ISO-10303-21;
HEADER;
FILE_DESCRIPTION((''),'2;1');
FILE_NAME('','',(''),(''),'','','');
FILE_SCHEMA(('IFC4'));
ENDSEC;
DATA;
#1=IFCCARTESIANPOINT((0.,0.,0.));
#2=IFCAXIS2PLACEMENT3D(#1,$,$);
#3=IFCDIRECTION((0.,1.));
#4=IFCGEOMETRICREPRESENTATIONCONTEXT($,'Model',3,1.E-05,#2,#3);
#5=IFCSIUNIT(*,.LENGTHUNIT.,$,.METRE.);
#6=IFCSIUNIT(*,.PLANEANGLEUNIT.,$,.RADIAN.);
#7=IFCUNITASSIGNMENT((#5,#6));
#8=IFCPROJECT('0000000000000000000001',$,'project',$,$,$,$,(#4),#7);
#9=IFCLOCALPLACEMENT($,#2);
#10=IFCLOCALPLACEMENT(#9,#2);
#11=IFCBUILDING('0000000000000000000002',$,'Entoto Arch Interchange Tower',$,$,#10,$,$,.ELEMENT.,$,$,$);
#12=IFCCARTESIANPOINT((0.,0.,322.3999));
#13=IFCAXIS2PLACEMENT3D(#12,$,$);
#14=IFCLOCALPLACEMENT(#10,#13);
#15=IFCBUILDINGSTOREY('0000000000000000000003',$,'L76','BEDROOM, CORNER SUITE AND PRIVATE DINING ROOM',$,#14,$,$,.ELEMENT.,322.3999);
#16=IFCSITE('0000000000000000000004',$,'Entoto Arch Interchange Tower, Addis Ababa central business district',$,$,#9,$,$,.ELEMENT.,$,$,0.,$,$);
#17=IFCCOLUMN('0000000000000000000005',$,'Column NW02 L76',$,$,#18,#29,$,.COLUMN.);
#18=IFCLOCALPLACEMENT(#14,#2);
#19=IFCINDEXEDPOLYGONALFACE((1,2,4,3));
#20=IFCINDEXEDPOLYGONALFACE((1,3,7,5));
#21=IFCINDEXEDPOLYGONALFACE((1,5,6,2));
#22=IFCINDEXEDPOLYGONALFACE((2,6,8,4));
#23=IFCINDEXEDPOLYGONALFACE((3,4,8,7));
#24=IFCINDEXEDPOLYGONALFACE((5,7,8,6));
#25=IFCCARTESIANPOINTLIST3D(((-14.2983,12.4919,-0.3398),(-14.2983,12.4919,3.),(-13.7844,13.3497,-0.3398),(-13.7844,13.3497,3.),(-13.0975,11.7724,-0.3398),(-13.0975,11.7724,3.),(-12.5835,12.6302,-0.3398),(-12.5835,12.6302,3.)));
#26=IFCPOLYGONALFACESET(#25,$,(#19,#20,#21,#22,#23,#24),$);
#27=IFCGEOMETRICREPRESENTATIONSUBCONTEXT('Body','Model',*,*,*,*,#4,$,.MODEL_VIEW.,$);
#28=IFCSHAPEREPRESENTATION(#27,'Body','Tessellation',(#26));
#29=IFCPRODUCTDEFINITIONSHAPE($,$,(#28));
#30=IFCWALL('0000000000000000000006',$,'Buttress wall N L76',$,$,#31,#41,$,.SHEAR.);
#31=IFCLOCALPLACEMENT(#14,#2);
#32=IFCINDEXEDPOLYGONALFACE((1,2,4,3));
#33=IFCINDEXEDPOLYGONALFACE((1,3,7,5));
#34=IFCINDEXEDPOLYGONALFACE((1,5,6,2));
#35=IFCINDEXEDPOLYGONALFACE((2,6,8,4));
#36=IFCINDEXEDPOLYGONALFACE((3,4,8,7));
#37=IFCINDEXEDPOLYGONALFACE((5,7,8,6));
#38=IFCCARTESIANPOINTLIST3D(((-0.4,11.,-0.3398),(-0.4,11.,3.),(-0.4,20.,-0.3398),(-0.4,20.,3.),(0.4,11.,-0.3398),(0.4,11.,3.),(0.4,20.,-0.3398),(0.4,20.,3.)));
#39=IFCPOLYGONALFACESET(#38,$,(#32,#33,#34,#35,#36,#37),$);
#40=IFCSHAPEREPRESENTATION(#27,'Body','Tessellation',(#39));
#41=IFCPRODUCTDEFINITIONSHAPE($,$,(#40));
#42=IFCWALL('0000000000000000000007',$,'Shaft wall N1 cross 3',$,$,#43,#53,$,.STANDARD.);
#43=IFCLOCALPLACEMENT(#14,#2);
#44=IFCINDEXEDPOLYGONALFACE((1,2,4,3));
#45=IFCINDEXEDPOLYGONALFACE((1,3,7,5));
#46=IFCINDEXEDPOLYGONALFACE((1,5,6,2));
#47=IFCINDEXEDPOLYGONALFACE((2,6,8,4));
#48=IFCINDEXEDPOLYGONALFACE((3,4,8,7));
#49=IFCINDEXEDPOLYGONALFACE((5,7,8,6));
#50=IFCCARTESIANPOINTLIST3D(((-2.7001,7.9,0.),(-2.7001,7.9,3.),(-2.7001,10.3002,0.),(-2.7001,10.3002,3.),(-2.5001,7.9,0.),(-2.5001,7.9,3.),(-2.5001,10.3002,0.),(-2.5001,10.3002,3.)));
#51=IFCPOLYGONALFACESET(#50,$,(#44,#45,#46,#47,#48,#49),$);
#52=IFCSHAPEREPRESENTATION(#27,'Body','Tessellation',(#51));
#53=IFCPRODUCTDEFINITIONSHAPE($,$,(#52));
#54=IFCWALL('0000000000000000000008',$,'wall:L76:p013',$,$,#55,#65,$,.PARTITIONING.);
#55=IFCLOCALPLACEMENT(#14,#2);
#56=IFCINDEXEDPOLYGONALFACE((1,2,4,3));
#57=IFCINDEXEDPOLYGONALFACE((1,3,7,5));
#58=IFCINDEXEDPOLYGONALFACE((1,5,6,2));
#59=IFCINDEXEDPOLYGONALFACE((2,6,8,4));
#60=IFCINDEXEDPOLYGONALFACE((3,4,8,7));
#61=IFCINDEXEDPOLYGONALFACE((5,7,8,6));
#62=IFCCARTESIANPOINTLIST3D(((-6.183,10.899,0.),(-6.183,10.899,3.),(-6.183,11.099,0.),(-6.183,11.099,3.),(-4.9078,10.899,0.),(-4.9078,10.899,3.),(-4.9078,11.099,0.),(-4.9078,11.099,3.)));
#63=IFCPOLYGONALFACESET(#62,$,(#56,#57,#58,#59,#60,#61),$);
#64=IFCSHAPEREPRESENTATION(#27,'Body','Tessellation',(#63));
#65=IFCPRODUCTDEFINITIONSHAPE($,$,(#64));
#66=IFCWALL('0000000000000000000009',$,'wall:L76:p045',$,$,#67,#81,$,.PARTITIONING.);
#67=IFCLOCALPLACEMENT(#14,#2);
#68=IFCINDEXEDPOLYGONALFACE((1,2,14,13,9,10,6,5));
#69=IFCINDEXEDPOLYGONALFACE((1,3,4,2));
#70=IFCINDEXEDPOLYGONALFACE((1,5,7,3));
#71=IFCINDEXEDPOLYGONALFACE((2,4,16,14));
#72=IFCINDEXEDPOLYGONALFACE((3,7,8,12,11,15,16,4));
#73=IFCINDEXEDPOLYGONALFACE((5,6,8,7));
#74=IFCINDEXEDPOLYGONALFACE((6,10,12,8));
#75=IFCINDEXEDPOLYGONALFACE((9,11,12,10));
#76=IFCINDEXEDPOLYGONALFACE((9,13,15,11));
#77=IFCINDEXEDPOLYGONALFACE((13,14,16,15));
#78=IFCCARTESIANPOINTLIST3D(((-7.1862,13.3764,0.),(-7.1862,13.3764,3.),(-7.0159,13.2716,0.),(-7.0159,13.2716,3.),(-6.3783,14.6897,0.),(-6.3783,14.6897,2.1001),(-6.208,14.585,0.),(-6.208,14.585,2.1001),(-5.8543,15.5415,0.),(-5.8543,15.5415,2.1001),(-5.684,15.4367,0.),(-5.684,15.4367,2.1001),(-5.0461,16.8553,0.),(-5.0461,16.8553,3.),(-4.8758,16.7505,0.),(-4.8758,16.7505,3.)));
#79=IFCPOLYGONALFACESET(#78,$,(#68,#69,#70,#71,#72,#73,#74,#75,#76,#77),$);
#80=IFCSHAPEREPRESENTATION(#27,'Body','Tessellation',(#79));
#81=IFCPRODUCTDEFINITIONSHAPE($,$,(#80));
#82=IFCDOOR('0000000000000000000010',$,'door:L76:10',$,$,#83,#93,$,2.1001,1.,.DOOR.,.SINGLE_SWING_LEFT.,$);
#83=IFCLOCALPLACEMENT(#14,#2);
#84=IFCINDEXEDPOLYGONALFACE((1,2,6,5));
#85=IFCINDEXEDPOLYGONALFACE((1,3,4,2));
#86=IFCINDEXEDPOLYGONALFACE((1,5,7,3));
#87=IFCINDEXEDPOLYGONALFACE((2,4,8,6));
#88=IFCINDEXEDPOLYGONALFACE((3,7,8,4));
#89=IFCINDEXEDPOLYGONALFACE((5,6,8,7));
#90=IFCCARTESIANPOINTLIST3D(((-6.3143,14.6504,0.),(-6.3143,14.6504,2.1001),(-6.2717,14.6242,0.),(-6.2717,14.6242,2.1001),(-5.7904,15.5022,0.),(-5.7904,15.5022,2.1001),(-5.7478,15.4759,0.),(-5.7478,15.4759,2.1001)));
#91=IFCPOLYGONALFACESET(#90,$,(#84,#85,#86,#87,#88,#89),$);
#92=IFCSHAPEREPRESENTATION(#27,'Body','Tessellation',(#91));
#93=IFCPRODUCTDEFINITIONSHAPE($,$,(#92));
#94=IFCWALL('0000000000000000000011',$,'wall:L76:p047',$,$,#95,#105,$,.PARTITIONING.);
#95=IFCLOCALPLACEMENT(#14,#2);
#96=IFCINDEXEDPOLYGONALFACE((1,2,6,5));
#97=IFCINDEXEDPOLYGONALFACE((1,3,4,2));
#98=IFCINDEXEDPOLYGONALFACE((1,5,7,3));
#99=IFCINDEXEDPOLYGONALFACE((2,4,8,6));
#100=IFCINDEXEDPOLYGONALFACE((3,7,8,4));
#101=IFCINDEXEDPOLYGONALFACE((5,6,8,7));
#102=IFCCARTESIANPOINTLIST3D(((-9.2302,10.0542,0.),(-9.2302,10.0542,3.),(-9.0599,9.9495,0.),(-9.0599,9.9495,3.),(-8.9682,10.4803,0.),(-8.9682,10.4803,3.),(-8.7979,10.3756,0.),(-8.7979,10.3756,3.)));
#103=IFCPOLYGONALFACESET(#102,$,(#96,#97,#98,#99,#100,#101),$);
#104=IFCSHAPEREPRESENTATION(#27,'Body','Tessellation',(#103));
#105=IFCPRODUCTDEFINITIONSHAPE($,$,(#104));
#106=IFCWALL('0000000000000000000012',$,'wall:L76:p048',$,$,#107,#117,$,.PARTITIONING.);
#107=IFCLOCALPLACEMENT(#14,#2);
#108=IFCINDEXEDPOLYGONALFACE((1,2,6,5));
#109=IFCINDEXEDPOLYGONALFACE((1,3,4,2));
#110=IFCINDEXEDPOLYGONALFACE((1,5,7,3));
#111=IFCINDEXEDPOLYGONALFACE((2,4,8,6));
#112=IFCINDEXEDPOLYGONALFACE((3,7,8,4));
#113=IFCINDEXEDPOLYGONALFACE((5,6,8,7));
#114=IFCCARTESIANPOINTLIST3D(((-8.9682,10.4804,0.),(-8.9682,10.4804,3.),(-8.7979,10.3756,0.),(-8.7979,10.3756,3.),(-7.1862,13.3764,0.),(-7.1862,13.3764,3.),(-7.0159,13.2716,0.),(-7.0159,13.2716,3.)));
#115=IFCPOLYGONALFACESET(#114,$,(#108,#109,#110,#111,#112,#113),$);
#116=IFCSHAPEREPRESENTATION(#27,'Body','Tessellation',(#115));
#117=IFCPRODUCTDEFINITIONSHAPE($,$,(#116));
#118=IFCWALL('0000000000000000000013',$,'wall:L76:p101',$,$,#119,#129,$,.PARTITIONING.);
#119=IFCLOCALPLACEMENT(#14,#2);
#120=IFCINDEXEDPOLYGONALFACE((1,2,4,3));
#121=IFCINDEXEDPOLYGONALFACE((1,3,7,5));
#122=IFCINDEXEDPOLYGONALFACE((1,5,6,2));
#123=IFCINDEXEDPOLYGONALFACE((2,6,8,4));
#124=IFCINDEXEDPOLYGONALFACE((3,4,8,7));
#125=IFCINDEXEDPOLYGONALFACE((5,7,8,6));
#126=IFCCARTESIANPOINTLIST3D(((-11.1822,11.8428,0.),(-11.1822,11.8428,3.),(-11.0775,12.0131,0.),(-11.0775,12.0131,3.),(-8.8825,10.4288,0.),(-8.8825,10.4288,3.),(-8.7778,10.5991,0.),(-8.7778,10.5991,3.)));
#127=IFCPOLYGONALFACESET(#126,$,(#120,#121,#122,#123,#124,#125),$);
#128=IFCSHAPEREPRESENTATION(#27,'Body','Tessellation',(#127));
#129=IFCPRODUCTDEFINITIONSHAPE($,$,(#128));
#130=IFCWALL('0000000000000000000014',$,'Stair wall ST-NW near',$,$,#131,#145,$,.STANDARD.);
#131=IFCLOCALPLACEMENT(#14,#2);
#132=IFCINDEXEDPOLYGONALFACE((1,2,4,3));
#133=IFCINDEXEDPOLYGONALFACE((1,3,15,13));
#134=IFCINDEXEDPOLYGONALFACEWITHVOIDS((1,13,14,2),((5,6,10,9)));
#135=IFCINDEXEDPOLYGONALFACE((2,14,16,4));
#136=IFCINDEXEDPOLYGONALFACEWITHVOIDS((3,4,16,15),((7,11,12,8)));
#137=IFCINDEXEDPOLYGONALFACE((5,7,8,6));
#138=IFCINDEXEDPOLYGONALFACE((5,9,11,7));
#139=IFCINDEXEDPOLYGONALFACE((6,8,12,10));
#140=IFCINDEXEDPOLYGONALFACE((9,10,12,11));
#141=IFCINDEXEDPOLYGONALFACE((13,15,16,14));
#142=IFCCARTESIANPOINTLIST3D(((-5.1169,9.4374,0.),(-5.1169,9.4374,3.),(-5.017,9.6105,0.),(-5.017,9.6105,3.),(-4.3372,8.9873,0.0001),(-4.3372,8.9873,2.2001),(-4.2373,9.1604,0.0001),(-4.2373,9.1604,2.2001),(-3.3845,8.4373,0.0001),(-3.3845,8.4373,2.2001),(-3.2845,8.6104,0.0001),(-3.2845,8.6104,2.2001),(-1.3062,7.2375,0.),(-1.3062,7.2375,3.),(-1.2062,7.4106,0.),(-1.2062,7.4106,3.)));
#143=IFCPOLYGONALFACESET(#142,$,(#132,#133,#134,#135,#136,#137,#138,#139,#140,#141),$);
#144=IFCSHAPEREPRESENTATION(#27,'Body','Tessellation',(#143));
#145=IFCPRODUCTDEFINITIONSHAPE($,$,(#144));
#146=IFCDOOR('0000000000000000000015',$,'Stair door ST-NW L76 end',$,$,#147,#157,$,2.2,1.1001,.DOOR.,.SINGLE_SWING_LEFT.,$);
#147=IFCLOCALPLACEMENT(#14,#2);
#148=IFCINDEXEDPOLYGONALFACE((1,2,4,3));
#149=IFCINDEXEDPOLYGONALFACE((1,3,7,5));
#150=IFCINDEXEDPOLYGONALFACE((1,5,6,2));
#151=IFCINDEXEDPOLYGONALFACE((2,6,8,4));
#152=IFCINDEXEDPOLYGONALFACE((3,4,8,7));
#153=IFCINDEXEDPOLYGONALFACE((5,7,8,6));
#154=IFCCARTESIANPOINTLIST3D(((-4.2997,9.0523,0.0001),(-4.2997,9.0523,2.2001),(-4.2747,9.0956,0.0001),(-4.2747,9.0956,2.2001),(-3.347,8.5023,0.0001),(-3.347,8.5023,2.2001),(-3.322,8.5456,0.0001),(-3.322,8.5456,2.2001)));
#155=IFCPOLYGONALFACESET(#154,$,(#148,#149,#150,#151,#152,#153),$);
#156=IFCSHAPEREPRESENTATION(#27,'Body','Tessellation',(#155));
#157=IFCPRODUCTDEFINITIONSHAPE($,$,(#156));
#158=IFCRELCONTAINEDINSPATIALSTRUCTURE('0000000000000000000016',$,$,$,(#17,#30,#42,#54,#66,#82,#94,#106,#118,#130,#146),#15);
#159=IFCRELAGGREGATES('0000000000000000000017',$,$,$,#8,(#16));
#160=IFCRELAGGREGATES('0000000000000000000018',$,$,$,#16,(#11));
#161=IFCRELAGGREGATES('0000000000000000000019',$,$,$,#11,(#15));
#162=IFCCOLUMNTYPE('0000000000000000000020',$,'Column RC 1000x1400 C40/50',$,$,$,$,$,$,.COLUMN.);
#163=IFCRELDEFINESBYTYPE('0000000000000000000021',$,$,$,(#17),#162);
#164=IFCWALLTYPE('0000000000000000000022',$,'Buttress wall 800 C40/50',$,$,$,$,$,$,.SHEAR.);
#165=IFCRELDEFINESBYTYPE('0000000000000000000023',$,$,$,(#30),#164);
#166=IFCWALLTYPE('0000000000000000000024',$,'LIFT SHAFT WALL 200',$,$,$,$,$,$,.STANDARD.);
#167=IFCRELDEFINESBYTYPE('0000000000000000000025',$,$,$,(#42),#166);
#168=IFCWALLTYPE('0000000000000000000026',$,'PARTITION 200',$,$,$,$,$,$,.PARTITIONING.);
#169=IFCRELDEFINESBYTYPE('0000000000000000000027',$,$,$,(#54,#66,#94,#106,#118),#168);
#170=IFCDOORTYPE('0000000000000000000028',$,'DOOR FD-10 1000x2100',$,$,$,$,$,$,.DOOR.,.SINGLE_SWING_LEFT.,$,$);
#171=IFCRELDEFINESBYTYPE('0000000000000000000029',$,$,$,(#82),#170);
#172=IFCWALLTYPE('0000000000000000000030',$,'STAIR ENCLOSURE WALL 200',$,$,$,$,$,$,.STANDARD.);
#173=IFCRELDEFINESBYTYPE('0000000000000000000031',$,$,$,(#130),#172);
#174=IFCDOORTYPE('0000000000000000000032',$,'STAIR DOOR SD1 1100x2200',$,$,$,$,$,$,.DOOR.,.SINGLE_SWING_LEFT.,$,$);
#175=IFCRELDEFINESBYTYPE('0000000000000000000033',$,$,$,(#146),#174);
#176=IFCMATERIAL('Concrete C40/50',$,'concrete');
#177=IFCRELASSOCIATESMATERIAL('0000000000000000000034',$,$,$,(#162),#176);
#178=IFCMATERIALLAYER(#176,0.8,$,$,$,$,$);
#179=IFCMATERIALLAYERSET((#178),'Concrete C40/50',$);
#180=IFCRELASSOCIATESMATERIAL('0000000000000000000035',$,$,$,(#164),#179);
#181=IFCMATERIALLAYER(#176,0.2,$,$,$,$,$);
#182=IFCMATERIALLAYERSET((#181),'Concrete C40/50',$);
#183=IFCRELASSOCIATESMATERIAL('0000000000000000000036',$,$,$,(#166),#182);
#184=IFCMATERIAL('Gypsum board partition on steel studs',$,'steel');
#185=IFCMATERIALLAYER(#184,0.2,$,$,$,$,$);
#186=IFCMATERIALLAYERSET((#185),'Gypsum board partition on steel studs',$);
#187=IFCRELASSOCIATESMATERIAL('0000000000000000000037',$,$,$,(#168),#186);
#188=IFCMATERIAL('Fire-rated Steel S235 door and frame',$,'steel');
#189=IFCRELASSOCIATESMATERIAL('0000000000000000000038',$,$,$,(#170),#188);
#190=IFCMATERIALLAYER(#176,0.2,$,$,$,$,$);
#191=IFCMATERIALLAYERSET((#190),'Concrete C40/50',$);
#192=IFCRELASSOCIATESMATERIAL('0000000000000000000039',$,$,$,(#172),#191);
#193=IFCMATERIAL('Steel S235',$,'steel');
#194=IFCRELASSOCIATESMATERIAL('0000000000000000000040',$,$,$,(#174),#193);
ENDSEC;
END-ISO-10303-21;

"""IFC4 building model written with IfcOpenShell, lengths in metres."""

from ifc_helpers import new_model, si_unit, direction, frame, frame_2d, origin, origin_2d, place, context, subcontext, project, spatial, rectangle, extrude, material, layer, layer_set, material_profile, profile_set, type_object, element, fill, save


model = new_model("IFC4")

# Units and contexts
model_context = context("Model", 3, precision=1e-05, world=origin(), true_north=direction((0.0, 1.0)))
body_context = subcontext(model_context, "Body", "Model", "MODEL_VIEW")
ifc_project = project(units=[si_unit("LENGTHUNIT", "METRE"), si_unit("PLANEANGLEUNIT", "RADIAN")], contexts=[model_context])

# Site, building, storey
site_placement = place(None, origin())
site = spatial("IfcSite", under=ifc_project, at=site_placement, Name="Entoto Arch Interchange Tower, Addis Ababa central business district", CompositionType="ELEMENT", RefElevation=0.0)
building_placement = place(site_placement, origin())
building = spatial("IfcBuilding", under=site, at=building_placement, Name="Entoto Arch Interchange Tower", CompositionType="ELEMENT")
storey_placement = place(building_placement, frame((0.0, 0.0, 322.3999)))
storey = spatial("IfcBuildingStorey", under=building, at=storey_placement, Name="L76", Description="BEDROOM, CORNER SUITE AND PRIVATE DINING ROOM", CompositionType="ELEMENT", Elevation=322.3999)

# Column
ifc_material_1 = material(Name="Concrete C40/50", Category="concrete")
ifc_material_profile = material_profile(ifc_material_1, rectangle(XDim=1.0, YDim=1.3999, at=origin_2d()))
ifc_profile_set = profile_set([ifc_material_profile], Name="Concrete C40/50")
column_type = type_object("IfcColumnType", Name="Column RC 1000x1400 C40/50", PredefinedType="COLUMN", material=ifc_profile_set)
column_placement = place(storey_placement, frame((-13.4409, 12.561, -0.3398), z_axis=(0.0, 0.0, 1.0), x_axis=(0.513946, 0.857823, 0.0)))
element("IfcColumn", 1, at=column_placement, inside=storey, type_object=column_type, Name="Column NW02 L76", PredefinedType="COLUMN", context=body_context, shape_type="SweptSolid", body=[
    extrude(rectangle(XDim=1.0, YDim=1.3999, at=origin_2d()), origin(), (0.0, 0.0, 1.0), 3.3398),
])

# Walls
ifc_layer_1 = layer(ifc_material_1, 0.8)
ifc_layer_set_1 = layer_set([ifc_layer_1], Name="Concrete C40/50")
wall_type_1 = type_object("IfcWallType", Name="Buttress wall 800 C40/50", PredefinedType="SHEAR", material=ifc_layer_set_1)
wall_1_placement = place(storey_placement, frame((0.0, 11.0, -0.3398), z_axis=(0.0, 0.0, 1.0), x_axis=(0.0, 1.0, 0.0)))
element("IfcWall", 2, at=wall_1_placement, inside=storey, type_object=wall_type_1, Name="Buttress wall N L76", PredefinedType="SHEAR", context=body_context, shape_type="SweptSolid", body=[
    extrude(rectangle(XDim=9.0, YDim=0.8, at=frame_2d((4.5, 0.0))), origin(), (0.0, 0.0, 1.0), 3.3398),
])
ifc_layer_2 = layer(ifc_material_1, 0.2)
ifc_layer_set_2 = layer_set([ifc_layer_2], Name="Concrete C40/50")
wall_type_2 = type_object("IfcWallType", Name="LIFT SHAFT WALL 200", PredefinedType="STANDARD", material=ifc_layer_set_2)
wall_2_placement = place(storey_placement, frame((-2.6001, 7.8999, 0.0), z_axis=(0.0, 0.0, 1.0), x_axis=(0.0, 1.0, 0.0)))
element("IfcWall", 3, at=wall_2_placement, inside=storey, type_object=wall_type_2, Name="Shaft wall N1 cross 3", PredefinedType="STANDARD", context=body_context, shape_type="SweptSolid", body=[
    extrude(rectangle(XDim=2.4001, YDim=0.2, at=frame_2d((1.2002, 0.0))), origin(), (0.0, 0.0, 1.0), 3.0),
])
ifc_material_2 = material(Name="Gypsum board partition on steel studs", Category="steel")
ifc_layer_3 = layer(ifc_material_2, 0.2)
ifc_layer_set_3 = layer_set([ifc_layer_3], Name="Gypsum board partition on steel studs")
wall_type_3 = type_object("IfcWallType", Name="PARTITION 200", PredefinedType="PARTITIONING", material=ifc_layer_set_3)
wall_3_placement = place(storey_placement, frame((-6.1831, 10.999, 0.0), z_axis=(0.0, 0.0, 1.0), x_axis=(1.0, 0.0, 0.0)))
element("IfcWall", 4, at=wall_3_placement, inside=storey, type_object=wall_type_3, Name="wall:L76:p013", PredefinedType="PARTITIONING", context=body_context, shape_type="SweptSolid", body=[
    extrude(rectangle(XDim=1.2751, YDim=0.2, at=frame_2d((0.6377, 0.0))), origin(), (0.0, 0.0, 1.0), 3.0),
])

# Wall, opening, door
wall_4_placement = place(storey_placement, frame((-7.1011, 13.324, 0.0), z_axis=(0.0, 0.0, 1.0), x_axis=(0.523957, 0.851744, 0.0)))
wall_4 = element("IfcWall", 5, at=wall_4_placement, inside=storey, type_object=wall_type_3, Name="wall:L76:p045", PredefinedType="PARTITIONING", context=body_context, shape_type="SweptSolid", body=[
    extrude(rectangle(XDim=4.0845, YDim=0.2, at=frame_2d((2.0422, 0.0))), origin(), (0.0, 0.0, 1.0), 3.0),
])
opening_1_placement = place(wall_4_placement, frame((1.542, 0.0, 0.0)))
opening_1 = element("IfcOpeningElement", 6, at=opening_1_placement, cuts=wall_4, PredefinedType="OPENING", context=body_context, shape_type="SweptSolid", body=[
    extrude(rectangle(XDim=1.0, YDim=2.1001, at=frame_2d((0.5, 1.05))), frame((0.0, 0.1099, 0.0), z_axis=(0.0, -1.0, 0.0), x_axis=(1.0, 0.0, 0.0)), (0.0, 0.0, 1.0), 0.22),
])
ifc_material_3 = material(Name="Fire-rated Steel S235 door and frame", Category="steel")
door_type_1 = type_object("IfcDoorType", Name="DOOR FD-10 1000x2100", OperationType="SINGLE_SWING_LEFT", PredefinedType="DOOR", material=ifc_material_3)
door_1_placement = place(opening_1_placement, origin())
door_1 = element("IfcDoor", 7, at=door_1_placement, inside=storey, type_object=door_type_1, Name="door:L76:10", OperationType="SINGLE_SWING_LEFT", OverallHeight=2.1001, OverallWidth=1.0, PredefinedType="DOOR", context=body_context, shape_type="SweptSolid", body=[
    extrude(rectangle(XDim=1.0, YDim=2.1001, at=frame_2d((0.5, 1.05))), frame((0.0, 0.0249, 0.0), z_axis=(0.0, -1.0, 0.0), x_axis=(1.0, 0.0, 0.0)), (0.0, 0.0, 1.0), 0.05),
])
fill(opening_1, door_1)

# Walls
wall_5_placement = place(storey_placement, frame((-9.145, 10.002, 0.0), z_axis=(0.0, 0.0, 1.0), x_axis=(0.523798, 0.851843, 0.0)))
element("IfcWall", 8, at=wall_5_placement, inside=storey, type_object=wall_type_3, Name="wall:L76:p047", PredefinedType="PARTITIONING", context=body_context, shape_type="SweptSolid", body=[
    extrude(rectangle(XDim=0.5002, YDim=0.2, at=frame_2d((0.25, 0.0))), origin(), (0.0, 0.0, 1.0), 3.0),
])
wall_6_placement = place(storey_placement, frame((-8.8831, 10.428, 0.0), z_axis=(0.0, 0.0, 1.0), x_axis=(0.524061, 0.851681, 0.0)))
element("IfcWall", 9, at=wall_6_placement, inside=storey, type_object=wall_type_3, Name="wall:L76:p048", PredefinedType="PARTITIONING", context=body_context, shape_type="SweptSolid", body=[
    extrude(rectangle(XDim=3.4004, YDim=0.2, at=frame_2d((1.7002, 0.0))), origin(), (0.0, 0.0, 1.0), 3.0),
])
wall_7_placement = place(storey_placement, frame((-11.1299, 11.928, 0.0), z_axis=(0.0, 0.0, 1.0), x_axis=(0.851857, -0.523774, 0.0)))
element("IfcWall", 10, at=wall_7_placement, inside=storey, type_object=wall_type_3, Name="wall:L76:p101", PredefinedType="PARTITIONING", context=body_context, shape_type="SweptSolid", body=[
    extrude(rectangle(XDim=2.6997, YDim=0.2, at=frame_2d((1.3499, 0.0))), origin(), (0.0, 0.0, 1.0), 3.0),
])

# Wall, opening, door
ifc_layer_4 = layer(ifc_material_1, 0.2)
ifc_layer_set_4 = layer_set([ifc_layer_4], Name="Concrete C40/50")
wall_type_4 = type_object("IfcWallType", Name="STAIR ENCLOSURE WALL 200", PredefinedType="STANDARD", material=ifc_layer_set_4)
wall_8_placement = place(storey_placement, frame((-1.2561, 7.324, 0.0), z_axis=(0.0, 0.0, 1.0), x_axis=(-0.866046, 0.499964, 0.0)))
wall_8 = element("IfcWall", 11, at=wall_8_placement, inside=storey, type_object=wall_type_4, Name="Stair wall ST-NW near", PredefinedType="STANDARD", context=body_context, shape_type="SweptSolid", body=[
    extrude(rectangle(XDim=4.4001, YDim=0.2, at=frame_2d((2.2002, 0.0))), origin(), (0.0, 0.0, 1.0), 3.0),
])
opening_2_placement = place(wall_8_placement, frame((2.3999, 0.0, 0.0)))
opening_2 = element("IfcOpeningElement", 12, at=opening_2_placement, cuts=wall_8, PredefinedType="OPENING", context=body_context, shape_type="SweptSolid", body=[
    extrude(rectangle(XDim=1.1001, YDim=2.2, at=frame_2d((0.55, 1.1001))), frame((0.0, 0.1099, 0.0), z_axis=(0.0, -1.0, 0.0), x_axis=(1.0, 0.0, 0.0)), (0.0, 0.0, 1.0), 0.22),
])
ifc_material_4 = material(Name="Steel S235", Category="steel")
door_type_2 = type_object("IfcDoorType", Name="STAIR DOOR SD1 1100x2200", OperationType="SINGLE_SWING_LEFT", PredefinedType="DOOR", material=ifc_material_4)
door_2_placement = place(opening_2_placement, origin())
door_2 = element("IfcDoor", 13, at=door_2_placement, inside=storey, type_object=door_type_2, Name="Stair door ST-NW L76 end", OperationType="SINGLE_SWING_LEFT", OverallHeight=2.2, OverallWidth=1.1001, PredefinedType="DOOR", context=body_context, shape_type="SweptSolid", body=[
    extrude(rectangle(XDim=1.1001, YDim=2.2, at=frame_2d((0.55, 1.1001))), frame((0.0, 0.0249, 0.0), z_axis=(0.0, -1.0, 0.0), x_axis=(1.0, 0.0, 0.0)), (0.0, 0.0, 1.0), 0.05),
])
fill(opening_2, door_2)

save(model, "model.ifc")
